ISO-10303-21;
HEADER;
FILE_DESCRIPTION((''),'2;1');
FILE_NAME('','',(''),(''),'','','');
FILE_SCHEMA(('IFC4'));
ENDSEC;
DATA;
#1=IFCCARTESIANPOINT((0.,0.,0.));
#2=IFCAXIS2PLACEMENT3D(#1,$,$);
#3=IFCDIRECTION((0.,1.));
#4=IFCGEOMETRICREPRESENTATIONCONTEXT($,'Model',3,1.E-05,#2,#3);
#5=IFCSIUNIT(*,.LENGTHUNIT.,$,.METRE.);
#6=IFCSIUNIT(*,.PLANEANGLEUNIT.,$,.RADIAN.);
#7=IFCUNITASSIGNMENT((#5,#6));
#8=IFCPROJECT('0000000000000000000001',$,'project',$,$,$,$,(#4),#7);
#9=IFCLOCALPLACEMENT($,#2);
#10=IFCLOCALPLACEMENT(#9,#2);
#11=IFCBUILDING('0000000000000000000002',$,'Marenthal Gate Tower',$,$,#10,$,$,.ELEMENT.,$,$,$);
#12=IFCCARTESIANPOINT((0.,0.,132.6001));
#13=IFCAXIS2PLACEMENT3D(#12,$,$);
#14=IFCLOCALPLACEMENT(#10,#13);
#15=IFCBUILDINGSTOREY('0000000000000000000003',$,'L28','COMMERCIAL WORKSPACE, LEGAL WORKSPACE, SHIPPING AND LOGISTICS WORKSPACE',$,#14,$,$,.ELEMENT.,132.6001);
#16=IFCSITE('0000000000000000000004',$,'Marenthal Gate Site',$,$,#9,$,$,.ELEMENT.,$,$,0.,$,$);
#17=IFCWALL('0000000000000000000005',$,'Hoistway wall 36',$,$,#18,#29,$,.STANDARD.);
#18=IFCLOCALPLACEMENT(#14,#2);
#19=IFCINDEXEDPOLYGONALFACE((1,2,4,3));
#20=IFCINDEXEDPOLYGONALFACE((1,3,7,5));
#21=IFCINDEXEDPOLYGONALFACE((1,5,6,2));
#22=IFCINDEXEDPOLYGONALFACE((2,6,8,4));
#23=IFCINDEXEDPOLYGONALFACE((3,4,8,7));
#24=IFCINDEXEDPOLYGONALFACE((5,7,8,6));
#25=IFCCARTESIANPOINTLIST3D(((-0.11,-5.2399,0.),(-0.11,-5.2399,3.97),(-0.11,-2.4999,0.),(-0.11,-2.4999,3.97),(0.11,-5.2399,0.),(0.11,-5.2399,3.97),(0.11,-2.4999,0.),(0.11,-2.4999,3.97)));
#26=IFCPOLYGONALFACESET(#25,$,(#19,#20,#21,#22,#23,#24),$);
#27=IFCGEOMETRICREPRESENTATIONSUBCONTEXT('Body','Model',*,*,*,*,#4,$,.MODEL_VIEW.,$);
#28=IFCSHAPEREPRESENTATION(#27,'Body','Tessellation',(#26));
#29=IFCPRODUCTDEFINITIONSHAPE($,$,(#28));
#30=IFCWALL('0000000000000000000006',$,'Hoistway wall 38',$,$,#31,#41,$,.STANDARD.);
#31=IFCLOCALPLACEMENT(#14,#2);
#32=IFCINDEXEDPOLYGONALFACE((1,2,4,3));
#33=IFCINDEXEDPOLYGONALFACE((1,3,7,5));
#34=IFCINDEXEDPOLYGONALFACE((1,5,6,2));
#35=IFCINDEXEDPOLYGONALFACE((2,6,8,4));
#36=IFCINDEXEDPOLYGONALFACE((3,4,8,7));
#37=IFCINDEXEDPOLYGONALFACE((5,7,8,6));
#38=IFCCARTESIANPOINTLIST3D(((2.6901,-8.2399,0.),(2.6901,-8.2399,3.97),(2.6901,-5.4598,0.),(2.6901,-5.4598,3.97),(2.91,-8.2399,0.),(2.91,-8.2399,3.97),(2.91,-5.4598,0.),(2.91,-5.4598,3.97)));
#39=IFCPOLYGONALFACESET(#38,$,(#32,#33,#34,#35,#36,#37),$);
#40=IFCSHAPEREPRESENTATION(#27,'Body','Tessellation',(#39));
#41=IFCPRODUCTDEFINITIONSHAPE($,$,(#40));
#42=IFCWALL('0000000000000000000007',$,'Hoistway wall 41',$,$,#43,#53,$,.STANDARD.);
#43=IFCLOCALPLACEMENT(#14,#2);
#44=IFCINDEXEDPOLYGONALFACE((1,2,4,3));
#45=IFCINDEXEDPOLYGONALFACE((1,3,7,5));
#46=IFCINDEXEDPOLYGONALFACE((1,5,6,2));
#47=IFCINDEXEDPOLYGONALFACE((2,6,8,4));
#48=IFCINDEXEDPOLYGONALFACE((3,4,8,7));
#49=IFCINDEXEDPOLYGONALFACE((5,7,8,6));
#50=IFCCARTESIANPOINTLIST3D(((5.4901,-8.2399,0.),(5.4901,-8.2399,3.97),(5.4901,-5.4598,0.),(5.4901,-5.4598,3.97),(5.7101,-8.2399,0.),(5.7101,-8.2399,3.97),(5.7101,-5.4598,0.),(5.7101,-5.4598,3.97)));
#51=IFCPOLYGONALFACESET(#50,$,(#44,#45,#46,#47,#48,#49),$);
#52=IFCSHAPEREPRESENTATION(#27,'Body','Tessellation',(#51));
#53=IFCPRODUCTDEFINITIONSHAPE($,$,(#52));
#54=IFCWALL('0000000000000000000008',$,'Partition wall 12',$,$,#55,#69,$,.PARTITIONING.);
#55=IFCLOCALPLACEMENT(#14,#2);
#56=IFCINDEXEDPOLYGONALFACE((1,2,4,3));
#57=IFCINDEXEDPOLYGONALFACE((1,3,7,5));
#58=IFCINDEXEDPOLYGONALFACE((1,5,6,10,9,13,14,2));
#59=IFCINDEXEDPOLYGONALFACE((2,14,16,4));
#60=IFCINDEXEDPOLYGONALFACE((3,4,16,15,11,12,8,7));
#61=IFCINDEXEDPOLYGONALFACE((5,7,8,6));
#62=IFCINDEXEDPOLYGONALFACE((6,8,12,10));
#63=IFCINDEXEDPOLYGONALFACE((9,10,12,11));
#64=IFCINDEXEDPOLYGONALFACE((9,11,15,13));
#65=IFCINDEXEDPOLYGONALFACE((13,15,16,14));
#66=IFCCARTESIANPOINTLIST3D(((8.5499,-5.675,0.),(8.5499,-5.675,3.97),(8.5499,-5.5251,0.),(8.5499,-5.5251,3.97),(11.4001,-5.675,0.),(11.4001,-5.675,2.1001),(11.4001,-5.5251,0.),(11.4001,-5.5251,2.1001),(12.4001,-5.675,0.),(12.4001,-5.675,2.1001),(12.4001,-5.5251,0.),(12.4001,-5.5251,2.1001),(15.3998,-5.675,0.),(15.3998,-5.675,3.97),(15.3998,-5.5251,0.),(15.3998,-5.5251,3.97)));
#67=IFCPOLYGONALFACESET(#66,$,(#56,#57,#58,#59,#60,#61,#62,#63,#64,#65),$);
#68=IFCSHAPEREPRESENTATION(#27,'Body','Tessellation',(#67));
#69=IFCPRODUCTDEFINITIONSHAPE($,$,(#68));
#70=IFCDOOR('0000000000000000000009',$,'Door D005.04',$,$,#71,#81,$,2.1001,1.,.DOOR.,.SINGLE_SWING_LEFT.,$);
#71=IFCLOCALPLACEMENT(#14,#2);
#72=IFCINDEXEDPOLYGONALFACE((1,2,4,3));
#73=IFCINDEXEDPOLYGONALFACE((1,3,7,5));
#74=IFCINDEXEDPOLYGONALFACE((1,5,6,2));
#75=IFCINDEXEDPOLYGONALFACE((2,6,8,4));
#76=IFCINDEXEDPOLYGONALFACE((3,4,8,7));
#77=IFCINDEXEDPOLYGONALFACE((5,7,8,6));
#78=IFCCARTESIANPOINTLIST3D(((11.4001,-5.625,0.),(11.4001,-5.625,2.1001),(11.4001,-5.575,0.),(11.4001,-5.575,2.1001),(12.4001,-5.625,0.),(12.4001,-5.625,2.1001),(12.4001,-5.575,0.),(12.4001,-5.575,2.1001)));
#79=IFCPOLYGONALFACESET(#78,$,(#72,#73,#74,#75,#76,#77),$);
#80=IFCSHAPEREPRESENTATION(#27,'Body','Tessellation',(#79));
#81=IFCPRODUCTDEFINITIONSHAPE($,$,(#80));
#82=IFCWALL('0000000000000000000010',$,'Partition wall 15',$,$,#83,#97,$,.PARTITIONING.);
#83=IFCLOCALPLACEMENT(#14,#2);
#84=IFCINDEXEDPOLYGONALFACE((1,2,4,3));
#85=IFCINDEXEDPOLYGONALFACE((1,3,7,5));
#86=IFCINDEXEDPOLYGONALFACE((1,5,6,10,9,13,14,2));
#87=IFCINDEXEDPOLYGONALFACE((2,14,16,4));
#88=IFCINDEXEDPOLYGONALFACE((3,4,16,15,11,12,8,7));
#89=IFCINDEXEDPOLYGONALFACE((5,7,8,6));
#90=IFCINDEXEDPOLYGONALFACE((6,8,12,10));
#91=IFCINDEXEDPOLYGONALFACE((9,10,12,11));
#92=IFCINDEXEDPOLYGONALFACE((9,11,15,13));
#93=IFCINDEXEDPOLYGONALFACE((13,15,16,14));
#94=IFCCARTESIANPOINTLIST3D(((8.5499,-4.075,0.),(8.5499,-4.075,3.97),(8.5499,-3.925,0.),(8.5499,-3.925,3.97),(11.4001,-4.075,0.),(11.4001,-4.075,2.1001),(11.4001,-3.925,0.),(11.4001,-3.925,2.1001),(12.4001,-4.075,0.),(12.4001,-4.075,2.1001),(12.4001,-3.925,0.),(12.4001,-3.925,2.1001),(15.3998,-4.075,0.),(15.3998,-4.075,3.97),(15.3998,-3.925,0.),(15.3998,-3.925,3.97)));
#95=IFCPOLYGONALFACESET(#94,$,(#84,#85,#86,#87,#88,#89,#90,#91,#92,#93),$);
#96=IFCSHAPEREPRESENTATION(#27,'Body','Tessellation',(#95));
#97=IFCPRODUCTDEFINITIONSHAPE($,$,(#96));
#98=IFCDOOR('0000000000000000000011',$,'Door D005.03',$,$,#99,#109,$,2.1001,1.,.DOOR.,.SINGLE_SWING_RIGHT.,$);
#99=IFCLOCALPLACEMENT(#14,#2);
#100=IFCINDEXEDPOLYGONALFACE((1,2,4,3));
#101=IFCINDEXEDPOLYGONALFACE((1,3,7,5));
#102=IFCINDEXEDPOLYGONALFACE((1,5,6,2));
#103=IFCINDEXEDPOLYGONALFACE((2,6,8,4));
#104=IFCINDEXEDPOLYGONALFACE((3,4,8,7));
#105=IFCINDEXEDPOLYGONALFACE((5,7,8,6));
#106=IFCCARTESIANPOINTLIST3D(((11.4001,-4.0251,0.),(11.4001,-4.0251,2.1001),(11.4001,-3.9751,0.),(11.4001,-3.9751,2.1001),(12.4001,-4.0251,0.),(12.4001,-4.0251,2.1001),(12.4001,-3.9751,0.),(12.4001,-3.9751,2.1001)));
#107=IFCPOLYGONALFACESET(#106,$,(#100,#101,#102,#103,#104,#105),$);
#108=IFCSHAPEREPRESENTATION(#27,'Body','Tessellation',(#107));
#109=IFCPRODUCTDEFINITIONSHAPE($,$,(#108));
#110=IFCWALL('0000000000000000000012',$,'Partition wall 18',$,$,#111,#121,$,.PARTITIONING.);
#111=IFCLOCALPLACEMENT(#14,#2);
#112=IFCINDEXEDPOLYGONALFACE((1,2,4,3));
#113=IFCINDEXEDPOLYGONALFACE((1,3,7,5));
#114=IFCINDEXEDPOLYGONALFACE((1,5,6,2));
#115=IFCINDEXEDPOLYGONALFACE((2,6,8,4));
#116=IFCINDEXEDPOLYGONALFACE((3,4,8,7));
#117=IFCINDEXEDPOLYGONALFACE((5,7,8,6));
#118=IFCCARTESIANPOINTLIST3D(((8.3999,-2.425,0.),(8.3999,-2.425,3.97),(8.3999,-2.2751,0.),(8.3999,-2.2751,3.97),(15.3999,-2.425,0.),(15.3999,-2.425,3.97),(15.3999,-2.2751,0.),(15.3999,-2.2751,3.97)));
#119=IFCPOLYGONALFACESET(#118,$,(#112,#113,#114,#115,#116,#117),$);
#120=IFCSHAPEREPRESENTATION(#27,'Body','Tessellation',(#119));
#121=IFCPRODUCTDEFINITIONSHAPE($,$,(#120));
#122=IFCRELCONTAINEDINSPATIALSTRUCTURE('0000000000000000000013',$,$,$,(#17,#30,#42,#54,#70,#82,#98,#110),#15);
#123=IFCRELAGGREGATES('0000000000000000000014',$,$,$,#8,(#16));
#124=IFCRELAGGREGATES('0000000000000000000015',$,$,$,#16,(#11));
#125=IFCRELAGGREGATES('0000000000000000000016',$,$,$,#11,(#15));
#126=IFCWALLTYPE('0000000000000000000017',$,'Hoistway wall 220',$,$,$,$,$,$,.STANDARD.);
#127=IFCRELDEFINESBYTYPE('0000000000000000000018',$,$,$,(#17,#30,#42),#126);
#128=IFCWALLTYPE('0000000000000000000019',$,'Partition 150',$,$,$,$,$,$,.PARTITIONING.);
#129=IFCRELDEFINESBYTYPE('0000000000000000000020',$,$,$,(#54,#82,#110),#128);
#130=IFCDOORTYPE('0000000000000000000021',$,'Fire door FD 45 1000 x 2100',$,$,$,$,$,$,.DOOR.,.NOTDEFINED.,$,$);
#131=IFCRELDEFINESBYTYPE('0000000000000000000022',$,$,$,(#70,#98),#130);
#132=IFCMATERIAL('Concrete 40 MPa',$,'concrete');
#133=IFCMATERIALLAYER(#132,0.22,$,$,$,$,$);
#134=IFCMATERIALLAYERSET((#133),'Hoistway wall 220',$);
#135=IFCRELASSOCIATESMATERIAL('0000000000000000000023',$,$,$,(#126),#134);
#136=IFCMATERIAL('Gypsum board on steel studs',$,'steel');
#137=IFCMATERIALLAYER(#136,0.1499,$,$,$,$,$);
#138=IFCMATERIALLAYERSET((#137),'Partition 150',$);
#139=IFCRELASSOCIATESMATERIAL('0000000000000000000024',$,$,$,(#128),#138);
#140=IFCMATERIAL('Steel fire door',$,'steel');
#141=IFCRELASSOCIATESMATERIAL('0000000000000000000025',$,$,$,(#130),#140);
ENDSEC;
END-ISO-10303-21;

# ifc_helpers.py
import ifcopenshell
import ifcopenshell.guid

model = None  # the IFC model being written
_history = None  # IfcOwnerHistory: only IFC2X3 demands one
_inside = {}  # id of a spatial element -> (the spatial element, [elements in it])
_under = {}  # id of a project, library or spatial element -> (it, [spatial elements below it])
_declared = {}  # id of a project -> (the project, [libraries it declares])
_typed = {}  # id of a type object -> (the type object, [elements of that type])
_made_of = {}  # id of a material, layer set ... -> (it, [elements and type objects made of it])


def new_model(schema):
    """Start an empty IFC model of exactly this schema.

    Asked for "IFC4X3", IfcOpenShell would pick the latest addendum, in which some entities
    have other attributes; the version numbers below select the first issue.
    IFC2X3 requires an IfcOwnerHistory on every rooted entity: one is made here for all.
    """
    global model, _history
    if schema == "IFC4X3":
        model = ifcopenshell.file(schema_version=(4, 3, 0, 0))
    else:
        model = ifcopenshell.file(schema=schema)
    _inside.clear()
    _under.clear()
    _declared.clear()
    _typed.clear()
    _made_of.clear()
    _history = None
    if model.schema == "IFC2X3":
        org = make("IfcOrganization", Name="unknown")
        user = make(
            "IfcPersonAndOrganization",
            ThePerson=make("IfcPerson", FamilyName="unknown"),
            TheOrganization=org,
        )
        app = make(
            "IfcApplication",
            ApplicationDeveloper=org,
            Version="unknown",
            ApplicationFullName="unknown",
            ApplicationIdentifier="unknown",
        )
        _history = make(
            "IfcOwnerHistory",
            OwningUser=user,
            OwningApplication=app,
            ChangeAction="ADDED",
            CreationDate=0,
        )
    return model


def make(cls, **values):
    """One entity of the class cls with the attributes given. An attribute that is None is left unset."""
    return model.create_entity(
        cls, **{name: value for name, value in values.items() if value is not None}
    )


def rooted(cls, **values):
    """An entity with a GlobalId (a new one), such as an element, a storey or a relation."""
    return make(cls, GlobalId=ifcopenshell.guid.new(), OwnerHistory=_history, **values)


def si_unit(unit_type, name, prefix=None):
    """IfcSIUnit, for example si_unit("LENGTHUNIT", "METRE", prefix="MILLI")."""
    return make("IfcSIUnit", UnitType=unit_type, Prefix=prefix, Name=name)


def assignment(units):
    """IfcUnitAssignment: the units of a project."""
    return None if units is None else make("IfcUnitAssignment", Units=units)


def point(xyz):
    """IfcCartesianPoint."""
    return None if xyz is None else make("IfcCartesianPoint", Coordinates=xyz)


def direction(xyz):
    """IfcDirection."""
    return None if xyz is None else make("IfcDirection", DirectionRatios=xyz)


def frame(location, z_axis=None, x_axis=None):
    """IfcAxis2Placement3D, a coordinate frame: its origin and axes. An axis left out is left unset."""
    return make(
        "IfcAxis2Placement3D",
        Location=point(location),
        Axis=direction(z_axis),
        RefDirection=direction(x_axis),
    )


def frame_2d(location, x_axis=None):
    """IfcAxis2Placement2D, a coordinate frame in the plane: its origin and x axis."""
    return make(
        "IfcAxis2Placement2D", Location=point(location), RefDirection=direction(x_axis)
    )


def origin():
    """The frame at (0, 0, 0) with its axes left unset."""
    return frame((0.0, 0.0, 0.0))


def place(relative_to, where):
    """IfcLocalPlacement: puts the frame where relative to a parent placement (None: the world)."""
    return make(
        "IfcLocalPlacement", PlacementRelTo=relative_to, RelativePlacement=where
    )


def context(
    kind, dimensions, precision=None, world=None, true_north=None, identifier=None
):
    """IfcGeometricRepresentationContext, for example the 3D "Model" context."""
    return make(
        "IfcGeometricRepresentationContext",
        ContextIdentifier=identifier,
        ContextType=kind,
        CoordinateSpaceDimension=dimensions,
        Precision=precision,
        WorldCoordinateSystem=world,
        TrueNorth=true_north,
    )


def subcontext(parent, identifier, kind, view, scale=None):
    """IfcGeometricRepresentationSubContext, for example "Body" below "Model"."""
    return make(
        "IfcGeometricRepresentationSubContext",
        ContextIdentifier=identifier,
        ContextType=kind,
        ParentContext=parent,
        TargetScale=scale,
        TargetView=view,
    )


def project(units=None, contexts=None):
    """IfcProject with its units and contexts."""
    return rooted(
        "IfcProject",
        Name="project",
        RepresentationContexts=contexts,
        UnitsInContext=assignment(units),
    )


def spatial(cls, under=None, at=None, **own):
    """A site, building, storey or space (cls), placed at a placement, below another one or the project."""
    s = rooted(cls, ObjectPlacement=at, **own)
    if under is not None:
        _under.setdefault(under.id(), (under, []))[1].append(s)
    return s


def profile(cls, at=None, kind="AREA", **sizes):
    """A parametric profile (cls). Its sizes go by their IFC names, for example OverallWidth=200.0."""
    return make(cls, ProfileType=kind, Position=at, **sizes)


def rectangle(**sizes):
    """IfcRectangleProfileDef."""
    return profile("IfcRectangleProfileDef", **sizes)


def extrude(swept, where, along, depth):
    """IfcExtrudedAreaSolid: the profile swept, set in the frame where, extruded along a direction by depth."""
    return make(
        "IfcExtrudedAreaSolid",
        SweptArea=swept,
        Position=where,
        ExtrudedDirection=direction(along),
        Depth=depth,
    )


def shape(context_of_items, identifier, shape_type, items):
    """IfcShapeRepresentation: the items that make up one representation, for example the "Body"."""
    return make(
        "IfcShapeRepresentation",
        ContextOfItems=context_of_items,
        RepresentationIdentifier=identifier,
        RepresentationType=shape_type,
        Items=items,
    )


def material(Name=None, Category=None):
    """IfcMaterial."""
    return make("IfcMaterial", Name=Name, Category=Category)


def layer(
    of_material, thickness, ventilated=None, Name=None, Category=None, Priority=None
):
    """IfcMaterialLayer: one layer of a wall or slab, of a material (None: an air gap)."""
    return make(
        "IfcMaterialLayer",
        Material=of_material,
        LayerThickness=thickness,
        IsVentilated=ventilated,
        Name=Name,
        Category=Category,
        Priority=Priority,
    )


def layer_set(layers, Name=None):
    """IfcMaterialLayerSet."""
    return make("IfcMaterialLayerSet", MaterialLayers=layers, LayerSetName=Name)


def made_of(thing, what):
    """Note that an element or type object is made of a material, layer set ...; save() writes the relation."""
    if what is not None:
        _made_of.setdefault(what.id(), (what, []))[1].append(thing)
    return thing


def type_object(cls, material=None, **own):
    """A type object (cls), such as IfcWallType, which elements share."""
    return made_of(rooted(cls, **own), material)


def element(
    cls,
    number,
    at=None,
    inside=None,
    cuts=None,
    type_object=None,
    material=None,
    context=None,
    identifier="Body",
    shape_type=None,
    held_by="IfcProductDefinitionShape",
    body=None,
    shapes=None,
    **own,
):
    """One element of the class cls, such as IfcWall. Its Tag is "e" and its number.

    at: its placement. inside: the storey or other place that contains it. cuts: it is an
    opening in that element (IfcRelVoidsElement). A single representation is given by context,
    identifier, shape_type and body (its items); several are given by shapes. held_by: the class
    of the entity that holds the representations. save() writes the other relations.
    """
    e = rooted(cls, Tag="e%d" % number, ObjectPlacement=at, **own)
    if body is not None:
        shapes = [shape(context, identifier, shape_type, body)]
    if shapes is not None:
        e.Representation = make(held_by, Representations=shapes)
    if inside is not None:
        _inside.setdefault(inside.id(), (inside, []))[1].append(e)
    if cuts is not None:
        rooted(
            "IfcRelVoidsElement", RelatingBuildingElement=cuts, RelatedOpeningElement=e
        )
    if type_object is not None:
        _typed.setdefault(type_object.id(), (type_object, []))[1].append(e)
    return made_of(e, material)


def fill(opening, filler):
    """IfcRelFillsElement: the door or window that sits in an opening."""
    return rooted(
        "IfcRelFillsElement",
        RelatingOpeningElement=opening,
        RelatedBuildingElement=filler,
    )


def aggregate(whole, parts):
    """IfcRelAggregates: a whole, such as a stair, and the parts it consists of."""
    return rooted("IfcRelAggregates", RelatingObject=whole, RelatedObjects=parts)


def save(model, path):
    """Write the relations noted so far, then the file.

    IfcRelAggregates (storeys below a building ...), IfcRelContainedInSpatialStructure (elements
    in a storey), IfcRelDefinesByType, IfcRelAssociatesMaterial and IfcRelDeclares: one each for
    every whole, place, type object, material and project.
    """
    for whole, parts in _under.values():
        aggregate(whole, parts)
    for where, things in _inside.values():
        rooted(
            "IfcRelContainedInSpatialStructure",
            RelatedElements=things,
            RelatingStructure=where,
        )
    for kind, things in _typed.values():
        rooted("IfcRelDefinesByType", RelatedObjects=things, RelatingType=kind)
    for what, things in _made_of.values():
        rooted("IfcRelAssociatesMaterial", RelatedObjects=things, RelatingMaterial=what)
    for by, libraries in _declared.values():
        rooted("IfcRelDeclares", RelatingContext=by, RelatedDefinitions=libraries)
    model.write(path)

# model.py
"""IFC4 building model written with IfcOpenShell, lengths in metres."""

from ifc_helpers import new_model, si_unit, direction, frame, frame_2d, origin, place, context, subcontext, project, spatial, rectangle, extrude, material, layer, layer_set, type_object, element, fill, save


model = new_model("IFC4")

# Units and contexts
model_context = context("Model", 3, precision=1e-05, world=origin(), true_north=direction((0.0, 1.0)))
body_context = subcontext(model_context, "Body", "Model", "MODEL_VIEW")
ifc_project = project(units=[si_unit("LENGTHUNIT", "METRE"), si_unit("PLANEANGLEUNIT", "RADIAN")], contexts=[model_context])

# Site, building, storey
site_placement = place(None, origin())
site = spatial("IfcSite", under=ifc_project, at=site_placement, Name="Marenthal Gate Site", CompositionType="ELEMENT", RefElevation=0.0)
building_placement = place(site_placement, origin())
building = spatial("IfcBuilding", under=site, at=building_placement, Name="Marenthal Gate Tower", CompositionType="ELEMENT")
storey_placement = place(building_placement, frame((0.0, 0.0, 132.6001)))
storey = spatial("IfcBuildingStorey", under=building, at=storey_placement, Name="L28", Description="COMMERCIAL WORKSPACE, LEGAL WORKSPACE, SHIPPING AND LOGISTICS WORKSPACE", CompositionType="ELEMENT", Elevation=132.6001)

# Walls
ifc_material_1 = material(Name="Concrete 40 MPa", Category="concrete")
ifc_layer_1 = layer(ifc_material_1, 0.22)
ifc_layer_set_1 = layer_set([ifc_layer_1], Name="Hoistway wall 220")
wall_type_1 = type_object("IfcWallType", Name="Hoistway wall 220", PredefinedType="STANDARD", material=ifc_layer_set_1)
wall_1_placement = place(storey_placement, frame((0.0, -5.24, 0.0), z_axis=(0.0, 0.0, 1.0), x_axis=(0.0, 1.0, 0.0)))
element("IfcWall", 1, at=wall_1_placement, inside=storey, type_object=wall_type_1, Name="Hoistway wall 36", PredefinedType="STANDARD", context=body_context, shape_type="SweptSolid", body=[
    extrude(rectangle(XDim=2.74, YDim=0.22, at=frame_2d((1.3701, 0.0))), origin(), (0.0, 0.0, 1.0), 3.97),
])
for number, where, z_axis, x_axis, name in (
    (2, (2.8, -8.24, 0.0), (0.0, 0.0, 1.0), (0.0, 1.0, 0.0), "Hoistway wall 38"),
    (3, (5.6001, -8.24, 0.0), (0.0, 0.0, 1.0), (0.0, 1.0, 0.0), "Hoistway wall 41"),
):
    element("IfcWall", number, at=place(storey_placement, frame(where, z_axis=z_axis, x_axis=x_axis)), inside=storey, type_object=wall_type_1, Name=name, PredefinedType="STANDARD", context=body_context, shape_type="SweptSolid", body=[
        extrude(rectangle(XDim=2.78, YDim=0.22, at=frame_2d((1.3901, 0.0))), origin(), (0.0, 0.0, 1.0), 3.97),
    ])

# Walls, openings, doors
ifc_material_2 = material(Name="Gypsum board on steel studs", Category="steel")
ifc_layer_2 = layer(ifc_material_2, 0.1499)
ifc_layer_set_2 = layer_set([ifc_layer_2], Name="Partition 150")
wall_type_2 = type_object("IfcWallType", Name="Partition 150", PredefinedType="PARTITIONING", material=ifc_layer_set_2)
wall_2_placement = place(storey_placement, frame((8.55, -5.6001, 0.0), z_axis=(0.0, 0.0, 1.0), x_axis=(1.0, 0.0, 0.0)))
wall_2 = element("IfcWall", 4, at=wall_2_placement, inside=storey, type_object=wall_type_2, Name="Partition wall 12", PredefinedType="PARTITIONING", context=body_context, shape_type="SweptSolid", body=[
    extrude(rectangle(XDim=6.8499, YDim=0.1499, at=frame_2d((3.4248, 0.0))), origin(), (0.0, 0.0, 1.0), 3.97),
])
opening_1_placement = place(wall_2_placement, frame((2.8501, 0.0, 0.0)))
opening_1 = element("IfcOpeningElement", 5, at=opening_1_placement, cuts=wall_2, PredefinedType="OPENING", context=body_context, shape_type="SweptSolid", body=[
    extrude(rectangle(XDim=1.0, YDim=2.1001, at=frame_2d((0.5, 1.05))), frame((0.0, 0.085, 0.0), z_axis=(0.0, -1.0, 0.0), x_axis=(1.0, 0.0, 0.0)), (0.0, 0.0, 1.0), 0.1699),
])
ifc_material_3 = material(Name="Steel fire door", Category="steel")
door_type_1 = type_object("IfcDoorType", Name="Fire door FD 45 1000 x 2100", OperationType="NOTDEFINED", PredefinedType="DOOR", material=ifc_material_3)
door_1_placement = place(opening_1_placement, frame((1.0, 0.0, 0.0), z_axis=(0.0, 0.0, 1.0), x_axis=(-1.0, 0.0, 0.0)))
door_1 = element("IfcDoor", 6, at=door_1_placement, inside=storey, type_object=door_type_1, Name="Door D005.04", OperationType="SINGLE_SWING_LEFT", OverallHeight=2.1001, OverallWidth=1.0, PredefinedType="DOOR", context=body_context, shape_type="SweptSolid", body=[
    extrude(rectangle(XDim=1.0, YDim=2.1001, at=frame_2d((0.5, 1.05))), frame((0.0, 0.0249, 0.0), z_axis=(0.0, -1.0, 0.0), x_axis=(1.0, 0.0, 0.0)), (0.0, 0.0, 1.0), 0.05),
])
fill(opening_1, door_1)
wall_3_placement = place(storey_placement, frame((8.55, -4.0, 0.0), z_axis=(0.0, 0.0, 1.0), x_axis=(1.0, 0.0, 0.0)))
wall_3 = element("IfcWall", 7, at=wall_3_placement, inside=storey, type_object=wall_type_2, Name="Partition wall 15", PredefinedType="PARTITIONING", context=body_context, shape_type="SweptSolid", body=[
    extrude(rectangle(XDim=6.8499, YDim=0.1499, at=frame_2d((3.4248, 0.0))), origin(), (0.0, 0.0, 1.0), 3.97),
])
opening_2_placement = place(wall_3_placement, frame((2.8501, 0.0, 0.0)))
opening_2 = element("IfcOpeningElement", 8, at=opening_2_placement, cuts=wall_3, PredefinedType="OPENING", context=body_context, shape_type="SweptSolid", body=[
    extrude(rectangle(XDim=1.0, YDim=2.1001, at=frame_2d((0.5, 1.05))), frame((0.0, 0.085, 0.0), z_axis=(0.0, -1.0, 0.0), x_axis=(1.0, 0.0, 0.0)), (0.0, 0.0, 1.0), 0.1699),
])
door_2_placement = place(opening_2_placement, origin())
door_2 = element("IfcDoor", 9, at=door_2_placement, inside=storey, type_object=door_type_1, Name="Door D005.03", OperationType="SINGLE_SWING_RIGHT", OverallHeight=2.1001, OverallWidth=1.0, PredefinedType="DOOR", context=body_context, shape_type="SweptSolid", body=[
    extrude(rectangle(XDim=1.0, YDim=2.1001, at=frame_2d((0.5, 1.05))), frame((0.0, 0.0249, 0.0), z_axis=(0.0, -1.0, 0.0), x_axis=(1.0, 0.0, 0.0)), (0.0, 0.0, 1.0), 0.05),
])
fill(opening_2, door_2)

# Wall
wall_4_placement = place(storey_placement, frame((8.3999, -2.3501, 0.0), z_axis=(0.0, 0.0, 1.0), x_axis=(1.0, 0.0, 0.0)))
element("IfcWall", 10, at=wall_4_placement, inside=storey, type_object=wall_type_2, Name="Partition wall 18", PredefinedType="PARTITIONING", context=body_context, shape_type="SweptSolid", body=[
    extrude(rectangle(XDim=7.0, YDim=0.1499, at=frame_2d((3.5, 0.0))), origin(), (0.0, 0.0, 1.0), 3.97),
])

save(model, "model.ifc")
